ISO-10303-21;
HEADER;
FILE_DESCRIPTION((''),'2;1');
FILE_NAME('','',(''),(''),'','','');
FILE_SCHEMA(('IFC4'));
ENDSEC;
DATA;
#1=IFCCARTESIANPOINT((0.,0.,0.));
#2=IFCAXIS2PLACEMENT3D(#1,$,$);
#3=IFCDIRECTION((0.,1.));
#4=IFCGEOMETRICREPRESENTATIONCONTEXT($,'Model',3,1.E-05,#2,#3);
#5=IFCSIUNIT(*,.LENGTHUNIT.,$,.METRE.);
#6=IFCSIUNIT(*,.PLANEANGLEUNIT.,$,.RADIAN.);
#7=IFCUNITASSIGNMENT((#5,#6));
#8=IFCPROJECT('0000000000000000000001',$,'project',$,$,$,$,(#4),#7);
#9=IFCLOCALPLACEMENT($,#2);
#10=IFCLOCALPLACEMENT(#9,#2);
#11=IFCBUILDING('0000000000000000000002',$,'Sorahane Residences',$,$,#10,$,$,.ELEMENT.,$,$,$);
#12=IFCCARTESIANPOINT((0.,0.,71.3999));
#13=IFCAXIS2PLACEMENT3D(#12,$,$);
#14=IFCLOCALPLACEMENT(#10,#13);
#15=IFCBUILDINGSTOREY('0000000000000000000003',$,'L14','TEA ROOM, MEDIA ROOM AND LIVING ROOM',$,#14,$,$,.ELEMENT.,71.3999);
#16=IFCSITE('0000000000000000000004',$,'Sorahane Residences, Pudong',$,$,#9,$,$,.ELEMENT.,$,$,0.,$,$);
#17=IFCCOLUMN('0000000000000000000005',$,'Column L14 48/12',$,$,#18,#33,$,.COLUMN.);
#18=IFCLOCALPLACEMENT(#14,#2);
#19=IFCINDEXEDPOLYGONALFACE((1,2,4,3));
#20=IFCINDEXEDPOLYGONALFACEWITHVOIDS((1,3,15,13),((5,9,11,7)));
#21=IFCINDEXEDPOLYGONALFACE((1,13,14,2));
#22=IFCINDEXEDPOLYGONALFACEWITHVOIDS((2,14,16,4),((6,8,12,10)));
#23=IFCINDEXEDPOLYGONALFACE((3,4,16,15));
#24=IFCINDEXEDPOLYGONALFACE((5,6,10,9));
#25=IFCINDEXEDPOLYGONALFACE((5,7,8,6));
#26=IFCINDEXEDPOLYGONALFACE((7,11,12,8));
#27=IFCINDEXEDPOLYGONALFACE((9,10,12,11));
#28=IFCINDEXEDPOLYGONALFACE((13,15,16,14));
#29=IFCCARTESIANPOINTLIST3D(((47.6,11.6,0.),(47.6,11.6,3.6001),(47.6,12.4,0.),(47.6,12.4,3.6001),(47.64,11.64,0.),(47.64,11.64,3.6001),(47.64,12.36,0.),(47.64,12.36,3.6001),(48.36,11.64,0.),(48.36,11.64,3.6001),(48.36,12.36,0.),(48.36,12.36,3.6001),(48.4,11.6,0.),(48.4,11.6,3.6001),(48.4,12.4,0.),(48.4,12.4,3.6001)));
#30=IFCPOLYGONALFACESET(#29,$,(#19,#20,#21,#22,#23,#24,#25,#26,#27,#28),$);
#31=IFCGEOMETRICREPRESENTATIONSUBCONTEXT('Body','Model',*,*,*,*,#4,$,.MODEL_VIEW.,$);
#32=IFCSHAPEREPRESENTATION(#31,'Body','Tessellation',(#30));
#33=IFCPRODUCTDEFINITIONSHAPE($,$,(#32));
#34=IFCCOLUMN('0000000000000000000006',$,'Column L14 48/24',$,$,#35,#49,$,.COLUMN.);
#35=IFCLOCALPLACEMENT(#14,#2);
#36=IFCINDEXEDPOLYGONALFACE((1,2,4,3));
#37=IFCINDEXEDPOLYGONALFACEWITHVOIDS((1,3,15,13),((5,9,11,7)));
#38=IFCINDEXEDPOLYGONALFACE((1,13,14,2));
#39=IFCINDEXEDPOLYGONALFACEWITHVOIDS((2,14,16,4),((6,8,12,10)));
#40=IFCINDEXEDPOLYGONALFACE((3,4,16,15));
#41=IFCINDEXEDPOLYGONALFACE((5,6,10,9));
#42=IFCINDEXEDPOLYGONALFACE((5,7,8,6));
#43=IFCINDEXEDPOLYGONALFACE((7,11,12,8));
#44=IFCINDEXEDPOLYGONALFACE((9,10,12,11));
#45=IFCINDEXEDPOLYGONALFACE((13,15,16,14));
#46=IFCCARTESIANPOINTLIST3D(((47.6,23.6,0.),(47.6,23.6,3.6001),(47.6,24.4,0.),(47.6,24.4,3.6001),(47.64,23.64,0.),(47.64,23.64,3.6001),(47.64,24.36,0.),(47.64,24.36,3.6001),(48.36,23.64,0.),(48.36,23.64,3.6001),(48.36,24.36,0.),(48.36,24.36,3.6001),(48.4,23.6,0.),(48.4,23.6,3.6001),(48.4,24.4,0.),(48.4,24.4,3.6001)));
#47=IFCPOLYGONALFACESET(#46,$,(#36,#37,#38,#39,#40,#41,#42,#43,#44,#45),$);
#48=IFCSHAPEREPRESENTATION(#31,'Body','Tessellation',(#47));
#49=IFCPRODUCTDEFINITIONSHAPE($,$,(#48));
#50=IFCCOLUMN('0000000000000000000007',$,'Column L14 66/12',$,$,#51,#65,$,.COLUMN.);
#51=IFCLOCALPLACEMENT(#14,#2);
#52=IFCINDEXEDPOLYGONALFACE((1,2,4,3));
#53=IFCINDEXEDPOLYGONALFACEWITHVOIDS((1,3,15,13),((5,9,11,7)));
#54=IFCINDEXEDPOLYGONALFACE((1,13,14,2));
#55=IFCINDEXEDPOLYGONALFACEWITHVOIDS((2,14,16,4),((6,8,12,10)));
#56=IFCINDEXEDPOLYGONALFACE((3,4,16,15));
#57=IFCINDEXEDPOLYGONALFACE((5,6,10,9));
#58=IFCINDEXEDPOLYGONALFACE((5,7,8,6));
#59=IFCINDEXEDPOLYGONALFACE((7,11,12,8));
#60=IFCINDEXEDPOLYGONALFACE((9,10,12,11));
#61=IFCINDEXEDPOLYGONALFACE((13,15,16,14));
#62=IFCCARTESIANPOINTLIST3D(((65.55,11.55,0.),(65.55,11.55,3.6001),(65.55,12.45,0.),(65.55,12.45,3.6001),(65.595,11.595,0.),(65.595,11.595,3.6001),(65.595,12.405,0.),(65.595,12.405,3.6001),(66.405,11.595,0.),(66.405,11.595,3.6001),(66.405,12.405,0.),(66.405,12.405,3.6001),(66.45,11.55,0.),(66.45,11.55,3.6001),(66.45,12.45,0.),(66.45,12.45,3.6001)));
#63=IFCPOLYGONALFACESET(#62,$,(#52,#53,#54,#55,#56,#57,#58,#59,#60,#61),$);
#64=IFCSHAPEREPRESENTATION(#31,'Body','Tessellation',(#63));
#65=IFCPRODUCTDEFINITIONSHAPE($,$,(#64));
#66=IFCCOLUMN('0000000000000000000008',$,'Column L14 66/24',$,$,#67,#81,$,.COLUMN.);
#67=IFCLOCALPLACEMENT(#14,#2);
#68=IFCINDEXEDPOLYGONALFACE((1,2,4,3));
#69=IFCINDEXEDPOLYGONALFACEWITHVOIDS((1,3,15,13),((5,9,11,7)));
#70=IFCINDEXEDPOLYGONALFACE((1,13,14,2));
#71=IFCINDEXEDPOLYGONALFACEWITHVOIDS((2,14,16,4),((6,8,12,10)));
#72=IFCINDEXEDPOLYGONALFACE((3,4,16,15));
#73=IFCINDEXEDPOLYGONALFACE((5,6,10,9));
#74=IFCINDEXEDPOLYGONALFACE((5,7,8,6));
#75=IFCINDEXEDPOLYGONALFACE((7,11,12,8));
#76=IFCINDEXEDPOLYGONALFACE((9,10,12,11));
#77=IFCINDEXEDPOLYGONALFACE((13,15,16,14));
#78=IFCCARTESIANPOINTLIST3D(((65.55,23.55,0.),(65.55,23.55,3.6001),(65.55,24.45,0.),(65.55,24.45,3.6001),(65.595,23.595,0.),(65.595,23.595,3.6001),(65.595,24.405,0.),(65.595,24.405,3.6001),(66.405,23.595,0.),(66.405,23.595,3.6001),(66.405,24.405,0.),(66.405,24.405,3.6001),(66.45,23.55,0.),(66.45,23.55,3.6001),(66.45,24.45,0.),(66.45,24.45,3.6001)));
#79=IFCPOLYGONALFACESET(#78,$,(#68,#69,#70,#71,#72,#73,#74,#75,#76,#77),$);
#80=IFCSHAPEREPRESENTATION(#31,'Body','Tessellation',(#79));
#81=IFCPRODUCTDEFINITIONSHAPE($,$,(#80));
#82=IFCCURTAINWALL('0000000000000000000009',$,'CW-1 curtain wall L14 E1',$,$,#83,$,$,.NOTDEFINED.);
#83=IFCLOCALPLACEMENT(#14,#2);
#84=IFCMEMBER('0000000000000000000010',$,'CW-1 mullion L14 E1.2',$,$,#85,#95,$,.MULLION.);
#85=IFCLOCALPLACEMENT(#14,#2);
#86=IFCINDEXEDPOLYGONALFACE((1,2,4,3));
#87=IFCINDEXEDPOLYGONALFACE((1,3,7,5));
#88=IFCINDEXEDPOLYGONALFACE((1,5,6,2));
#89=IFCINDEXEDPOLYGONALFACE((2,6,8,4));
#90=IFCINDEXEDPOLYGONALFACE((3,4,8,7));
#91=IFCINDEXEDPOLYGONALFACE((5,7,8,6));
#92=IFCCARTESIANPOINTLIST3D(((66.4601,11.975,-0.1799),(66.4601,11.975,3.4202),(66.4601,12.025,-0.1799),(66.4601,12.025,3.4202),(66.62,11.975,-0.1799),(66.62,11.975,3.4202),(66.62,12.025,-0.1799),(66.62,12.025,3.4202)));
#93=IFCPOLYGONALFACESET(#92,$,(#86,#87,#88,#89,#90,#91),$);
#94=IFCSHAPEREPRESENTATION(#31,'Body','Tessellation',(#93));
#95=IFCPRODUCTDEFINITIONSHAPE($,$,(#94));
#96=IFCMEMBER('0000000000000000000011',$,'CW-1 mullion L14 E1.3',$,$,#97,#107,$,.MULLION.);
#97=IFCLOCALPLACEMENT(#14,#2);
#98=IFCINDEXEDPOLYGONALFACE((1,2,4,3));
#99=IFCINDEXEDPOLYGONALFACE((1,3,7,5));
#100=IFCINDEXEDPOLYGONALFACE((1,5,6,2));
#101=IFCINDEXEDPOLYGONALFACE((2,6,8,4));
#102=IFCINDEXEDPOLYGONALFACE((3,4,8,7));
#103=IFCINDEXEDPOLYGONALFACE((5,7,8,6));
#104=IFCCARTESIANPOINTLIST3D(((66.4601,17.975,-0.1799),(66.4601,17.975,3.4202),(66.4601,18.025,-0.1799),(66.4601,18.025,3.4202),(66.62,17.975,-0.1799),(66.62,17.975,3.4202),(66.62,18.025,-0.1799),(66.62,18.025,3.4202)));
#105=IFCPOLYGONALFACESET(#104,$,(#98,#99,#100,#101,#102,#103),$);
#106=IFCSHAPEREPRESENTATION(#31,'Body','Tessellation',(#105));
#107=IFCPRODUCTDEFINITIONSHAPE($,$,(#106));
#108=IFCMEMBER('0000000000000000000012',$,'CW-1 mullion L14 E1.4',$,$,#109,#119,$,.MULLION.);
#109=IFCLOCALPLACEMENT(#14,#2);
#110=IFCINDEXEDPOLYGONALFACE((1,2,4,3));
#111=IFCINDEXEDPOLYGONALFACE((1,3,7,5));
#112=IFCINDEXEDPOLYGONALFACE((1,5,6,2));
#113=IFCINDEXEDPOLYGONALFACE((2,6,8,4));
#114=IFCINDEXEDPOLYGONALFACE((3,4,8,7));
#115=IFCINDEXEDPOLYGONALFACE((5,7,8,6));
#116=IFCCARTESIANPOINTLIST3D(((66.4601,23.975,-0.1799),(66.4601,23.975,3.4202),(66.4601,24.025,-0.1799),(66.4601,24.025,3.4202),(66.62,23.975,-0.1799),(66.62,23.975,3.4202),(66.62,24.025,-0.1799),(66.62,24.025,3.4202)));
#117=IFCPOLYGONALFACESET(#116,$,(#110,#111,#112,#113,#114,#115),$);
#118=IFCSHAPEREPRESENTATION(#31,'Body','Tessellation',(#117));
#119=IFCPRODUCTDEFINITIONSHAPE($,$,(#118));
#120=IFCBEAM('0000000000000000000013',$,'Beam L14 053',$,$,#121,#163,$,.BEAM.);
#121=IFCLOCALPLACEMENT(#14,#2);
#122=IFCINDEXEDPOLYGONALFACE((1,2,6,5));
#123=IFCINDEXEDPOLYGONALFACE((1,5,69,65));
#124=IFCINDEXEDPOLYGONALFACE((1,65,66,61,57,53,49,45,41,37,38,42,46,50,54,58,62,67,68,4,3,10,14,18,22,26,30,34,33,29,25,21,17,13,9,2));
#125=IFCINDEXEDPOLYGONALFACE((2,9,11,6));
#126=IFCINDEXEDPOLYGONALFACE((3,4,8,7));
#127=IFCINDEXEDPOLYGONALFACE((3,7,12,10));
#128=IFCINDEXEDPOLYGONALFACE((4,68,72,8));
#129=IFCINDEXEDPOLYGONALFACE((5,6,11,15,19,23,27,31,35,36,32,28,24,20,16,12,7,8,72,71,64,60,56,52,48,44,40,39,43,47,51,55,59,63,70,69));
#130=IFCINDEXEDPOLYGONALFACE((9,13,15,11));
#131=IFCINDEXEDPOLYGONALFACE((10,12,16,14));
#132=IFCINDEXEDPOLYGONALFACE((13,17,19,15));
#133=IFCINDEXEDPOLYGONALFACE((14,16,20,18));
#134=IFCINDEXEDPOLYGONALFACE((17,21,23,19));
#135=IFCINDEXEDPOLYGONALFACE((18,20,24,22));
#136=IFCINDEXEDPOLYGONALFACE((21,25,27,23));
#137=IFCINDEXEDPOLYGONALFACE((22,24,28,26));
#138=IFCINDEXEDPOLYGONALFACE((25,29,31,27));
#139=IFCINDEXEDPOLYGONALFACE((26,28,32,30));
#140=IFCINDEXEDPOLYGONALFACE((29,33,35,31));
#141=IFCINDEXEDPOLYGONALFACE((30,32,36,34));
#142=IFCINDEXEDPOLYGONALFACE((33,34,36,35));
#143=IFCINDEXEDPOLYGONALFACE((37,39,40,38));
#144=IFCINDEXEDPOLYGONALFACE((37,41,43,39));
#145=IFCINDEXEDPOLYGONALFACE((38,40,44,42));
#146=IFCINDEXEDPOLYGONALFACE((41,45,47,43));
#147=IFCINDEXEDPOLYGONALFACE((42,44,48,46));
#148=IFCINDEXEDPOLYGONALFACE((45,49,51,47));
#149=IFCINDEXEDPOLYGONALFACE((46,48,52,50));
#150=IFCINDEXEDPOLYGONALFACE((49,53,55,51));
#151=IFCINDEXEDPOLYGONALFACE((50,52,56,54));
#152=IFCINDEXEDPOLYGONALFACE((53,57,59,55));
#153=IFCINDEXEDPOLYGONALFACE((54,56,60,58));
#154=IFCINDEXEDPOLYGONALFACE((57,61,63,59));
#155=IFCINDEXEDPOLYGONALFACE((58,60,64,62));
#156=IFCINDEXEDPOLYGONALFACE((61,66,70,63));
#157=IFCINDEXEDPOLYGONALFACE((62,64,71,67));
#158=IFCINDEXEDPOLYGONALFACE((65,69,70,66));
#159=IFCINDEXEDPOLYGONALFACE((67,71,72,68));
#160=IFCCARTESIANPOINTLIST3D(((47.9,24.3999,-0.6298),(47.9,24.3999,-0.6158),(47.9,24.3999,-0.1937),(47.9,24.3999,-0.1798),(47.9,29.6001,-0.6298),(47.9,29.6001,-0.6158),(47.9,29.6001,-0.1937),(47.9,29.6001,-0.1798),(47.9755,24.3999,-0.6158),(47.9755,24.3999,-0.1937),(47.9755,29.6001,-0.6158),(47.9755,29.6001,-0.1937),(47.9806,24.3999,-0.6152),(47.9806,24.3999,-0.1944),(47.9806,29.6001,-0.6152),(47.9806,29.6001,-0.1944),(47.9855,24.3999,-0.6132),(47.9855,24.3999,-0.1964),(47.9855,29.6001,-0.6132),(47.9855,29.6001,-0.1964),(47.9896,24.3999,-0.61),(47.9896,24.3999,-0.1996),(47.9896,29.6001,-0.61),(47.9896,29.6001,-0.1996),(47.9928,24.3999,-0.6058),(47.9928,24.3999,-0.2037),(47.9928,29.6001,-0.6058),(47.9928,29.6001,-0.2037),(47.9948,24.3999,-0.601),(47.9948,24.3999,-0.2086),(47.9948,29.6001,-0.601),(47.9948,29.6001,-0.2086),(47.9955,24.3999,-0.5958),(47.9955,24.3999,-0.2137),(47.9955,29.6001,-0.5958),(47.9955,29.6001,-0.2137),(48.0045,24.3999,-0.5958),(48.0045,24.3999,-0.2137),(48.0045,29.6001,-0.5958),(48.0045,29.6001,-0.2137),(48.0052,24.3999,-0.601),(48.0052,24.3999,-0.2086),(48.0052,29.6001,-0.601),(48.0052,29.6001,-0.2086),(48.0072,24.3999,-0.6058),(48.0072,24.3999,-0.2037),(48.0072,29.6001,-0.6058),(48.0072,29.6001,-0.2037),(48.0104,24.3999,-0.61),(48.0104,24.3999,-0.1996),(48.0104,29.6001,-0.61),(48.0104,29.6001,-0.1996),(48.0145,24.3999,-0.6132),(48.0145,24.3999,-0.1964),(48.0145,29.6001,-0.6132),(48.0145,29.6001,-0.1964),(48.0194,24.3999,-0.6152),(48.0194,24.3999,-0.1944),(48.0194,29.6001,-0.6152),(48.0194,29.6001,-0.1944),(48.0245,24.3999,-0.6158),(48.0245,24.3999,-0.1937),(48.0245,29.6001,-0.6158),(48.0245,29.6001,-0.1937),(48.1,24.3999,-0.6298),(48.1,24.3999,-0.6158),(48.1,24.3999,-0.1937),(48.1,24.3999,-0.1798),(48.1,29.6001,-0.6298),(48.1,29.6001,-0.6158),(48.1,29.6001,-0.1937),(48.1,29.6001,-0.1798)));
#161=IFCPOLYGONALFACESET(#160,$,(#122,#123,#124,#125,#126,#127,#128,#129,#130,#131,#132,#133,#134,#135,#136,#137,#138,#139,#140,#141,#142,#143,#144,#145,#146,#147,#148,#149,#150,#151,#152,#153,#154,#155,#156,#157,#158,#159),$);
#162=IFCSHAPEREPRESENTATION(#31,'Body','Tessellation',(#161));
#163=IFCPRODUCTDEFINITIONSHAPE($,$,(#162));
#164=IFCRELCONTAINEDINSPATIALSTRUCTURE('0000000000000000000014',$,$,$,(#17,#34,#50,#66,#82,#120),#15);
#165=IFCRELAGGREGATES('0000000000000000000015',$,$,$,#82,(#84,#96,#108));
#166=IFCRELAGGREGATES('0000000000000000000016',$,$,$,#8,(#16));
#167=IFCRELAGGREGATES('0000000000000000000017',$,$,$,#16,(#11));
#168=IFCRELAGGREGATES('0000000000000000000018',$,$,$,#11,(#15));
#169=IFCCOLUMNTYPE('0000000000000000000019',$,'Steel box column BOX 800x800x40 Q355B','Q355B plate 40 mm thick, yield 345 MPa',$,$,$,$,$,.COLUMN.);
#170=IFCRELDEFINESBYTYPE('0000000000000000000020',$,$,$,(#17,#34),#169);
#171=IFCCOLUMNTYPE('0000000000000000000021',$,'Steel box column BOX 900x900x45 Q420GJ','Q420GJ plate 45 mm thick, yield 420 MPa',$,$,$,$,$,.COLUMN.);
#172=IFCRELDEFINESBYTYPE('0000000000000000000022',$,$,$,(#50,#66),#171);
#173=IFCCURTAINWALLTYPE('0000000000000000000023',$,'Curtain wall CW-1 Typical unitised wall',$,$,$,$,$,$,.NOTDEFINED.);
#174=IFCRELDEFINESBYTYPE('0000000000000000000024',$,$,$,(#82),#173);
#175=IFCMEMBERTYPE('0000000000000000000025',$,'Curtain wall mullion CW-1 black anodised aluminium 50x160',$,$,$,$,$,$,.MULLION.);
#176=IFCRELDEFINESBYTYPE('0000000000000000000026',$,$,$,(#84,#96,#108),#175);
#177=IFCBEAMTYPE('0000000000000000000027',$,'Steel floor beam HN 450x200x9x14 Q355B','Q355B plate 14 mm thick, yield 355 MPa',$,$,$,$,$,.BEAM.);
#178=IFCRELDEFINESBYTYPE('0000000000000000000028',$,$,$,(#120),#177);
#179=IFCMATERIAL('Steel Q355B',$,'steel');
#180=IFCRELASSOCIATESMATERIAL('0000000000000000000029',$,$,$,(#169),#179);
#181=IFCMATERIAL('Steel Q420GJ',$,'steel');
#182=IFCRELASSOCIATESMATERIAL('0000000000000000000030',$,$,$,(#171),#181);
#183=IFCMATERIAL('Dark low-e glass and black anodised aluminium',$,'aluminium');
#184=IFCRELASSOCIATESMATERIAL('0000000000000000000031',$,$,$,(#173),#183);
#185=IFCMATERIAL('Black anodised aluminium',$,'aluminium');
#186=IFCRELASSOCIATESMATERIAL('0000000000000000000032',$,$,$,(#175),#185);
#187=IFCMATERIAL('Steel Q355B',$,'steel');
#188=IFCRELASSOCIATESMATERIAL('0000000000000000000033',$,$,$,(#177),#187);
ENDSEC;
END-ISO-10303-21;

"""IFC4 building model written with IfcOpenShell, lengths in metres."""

from ifc_helpers import new_model, si_unit, direction, frame, origin, origin_2d, place, context, subcontext, project, spatial, rectangle, hollow_rectangle, i_section, extrude, material, material_profile, profile_set, type_object, element, aggregate, save


model = new_model("IFC4")

# Units and contexts
model_context = context("Model", 3, precision=1e-05, world=origin(), true_north=direction((0.0, 1.0)))
body_context = subcontext(model_context, "Body", "Model", "MODEL_VIEW")
ifc_project = project(units=[si_unit("LENGTHUNIT", "METRE"), si_unit("PLANEANGLEUNIT", "RADIAN")], contexts=[model_context])

# Site, building, storey
site_placement = place(None, origin())
site = spatial("IfcSite", under=ifc_project, at=site_placement, Name="Sorahane Residences, Pudong", CompositionType="ELEMENT", RefElevation=0.0)
building_placement = place(site_placement, origin())
building = spatial("IfcBuilding", under=site, at=building_placement, Name="Sorahane Residences", CompositionType="ELEMENT")
storey_placement = place(building_placement, frame((0.0, 0.0, 71.3999)))
storey = spatial("IfcBuildingStorey", under=building, at=storey_placement, Name="L14", Description="TEA ROOM, MEDIA ROOM AND LIVING ROOM", CompositionType="ELEMENT", Elevation=71.3999)

# Columns
ifc_material_1 = material(Name="Steel Q355B", Category="steel")
ifc_material_profile_1 = material_profile(ifc_material_1, hollow_rectangle(XDim=0.8, YDim=0.8, WallThickness=0.04, at=origin_2d()), Name="BOX 800x800x40")
ifc_profile_set_1 = profile_set([ifc_material_profile_1], Name="Steel Q355B")
column_type_1 = type_object("IfcColumnType", Name="Steel box column BOX 800x800x40 Q355B", Description="Q355B plate 40 mm thick, yield 345 MPa", PredefinedType="COLUMN", material=ifc_profile_set_1)
for number, where, z_axis, x_axis, name in (
    (1, (48.0, 12.0, 0.0), (0.0, 0.0, 1.0), (1.0, 0.0, 0.0), "Column L14 48/12"),
    (2, (48.0, 24.0, 0.0), (0.0, 0.0, 1.0), (1.0, 0.0, 0.0), "Column L14 48/24"),
):
    element("IfcColumn", number, at=place(storey_placement, frame(where, z_axis=z_axis, x_axis=x_axis)), inside=storey, type_object=column_type_1, Name=name, PredefinedType="COLUMN", context=body_context, shape_type="SweptSolid", body=[
        extrude(hollow_rectangle(XDim=0.8, YDim=0.8, WallThickness=0.04, at=origin_2d()), origin(), (0.0, 0.0, 1.0), 3.6001),
    ])
ifc_material_2 = material(Name="Steel Q420GJ", Category="steel")
ifc_material_profile_2 = material_profile(ifc_material_2, hollow_rectangle(XDim=0.8999, YDim=0.8999, WallThickness=0.0449, at=origin_2d()), Name="BOX 900x900x45")
ifc_profile_set_2 = profile_set([ifc_material_profile_2], Name="Steel Q420GJ")
column_type_2 = type_object("IfcColumnType", Name="Steel box column BOX 900x900x45 Q420GJ", Description="Q420GJ plate 45 mm thick, yield 420 MPa", PredefinedType="COLUMN", material=ifc_profile_set_2)
for number, where, z_axis, x_axis, name in (
    (3, (66.0, 12.0, 0.0), (0.0, 0.0, 1.0), (1.0, 0.0, 0.0), "Column L14 66/12"),
    (4, (66.0, 24.0, 0.0), (0.0, 0.0, 1.0), (1.0, 0.0, 0.0), "Column L14 66/24"),
):
    element("IfcColumn", number, at=place(storey_placement, frame(where, z_axis=z_axis, x_axis=x_axis)), inside=storey, type_object=column_type_2, Name=name, PredefinedType="COLUMN", context=body_context, shape_type="SweptSolid", body=[
        extrude(hollow_rectangle(XDim=0.8999, YDim=0.8999, WallThickness=0.0449, at=origin_2d()), origin(), (0.0, 0.0, 1.0), 3.6001),
    ])

# Curtain wall, members
ifc_material_3 = material(Name="Dark low-e glass and black anodised aluminium", Category="aluminium")
curtain_wall_type = type_object("IfcCurtainWallType", Name="Curtain wall CW-1 Typical unitised wall", PredefinedType="NOTDEFINED", material=ifc_material_3)
curtain_wall_placement = place(storey_placement, origin())
curtain_wall = element("IfcCurtainWall", 5, at=curtain_wall_placement, inside=storey, type_object=curtain_wall_type, Name="CW-1 curtain wall L14 E1", PredefinedType="NOTDEFINED")
ifc_material_4 = material(Name="Black anodised aluminium", Category="aluminium")
ifc_material_profile_3 = material_profile(ifc_material_4, rectangle(XDim=0.1599, YDim=0.05, at=origin_2d()), Name="Curtain wall mullion CW-1 black anodised aluminium 50x160")
ifc_profile_set_3 = profile_set([ifc_material_profile_3], Name="Black anodised aluminium")
member_type = type_object("IfcMemberType", Name="Curtain wall mullion CW-1 black anodised aluminium 50x160", PredefinedType="MULLION", material=ifc_profile_set_3)
member_1_placement = place(storey_placement, frame((66.54, 12.0, -0.1799), z_axis=(0.0, 0.0, 1.0), x_axis=(1.0, 0.0, 0.0)))
member_1 = element("IfcMember", 6, at=member_1_placement, type_object=member_type, Name="CW-1 mullion L14 E1.2", PredefinedType="MULLION", context=body_context, shape_type="SweptSolid", body=[
    extrude(rectangle(XDim=0.1599, YDim=0.05, at=origin_2d()), origin(), (0.0, 0.0, 1.0), 3.6001),
])
member_2_placement = place(storey_placement, frame((66.54, 18.0, -0.1799), z_axis=(0.0, 0.0, 1.0), x_axis=(1.0, 0.0, 0.0)))
member_2 = element("IfcMember", 7, at=member_2_placement, type_object=member_type, Name="CW-1 mullion L14 E1.3", PredefinedType="MULLION", context=body_context, shape_type="SweptSolid", body=[
    extrude(rectangle(XDim=0.1599, YDim=0.05, at=origin_2d()), origin(), (0.0, 0.0, 1.0), 3.6001),
])
member_3_placement = place(storey_placement, frame((66.54, 24.0, -0.1799), z_axis=(0.0, 0.0, 1.0), x_axis=(1.0, 0.0, 0.0)))
member_3 = element("IfcMember", 8, at=member_3_placement, type_object=member_type, Name="CW-1 mullion L14 E1.4", PredefinedType="MULLION", context=body_context, shape_type="SweptSolid", body=[
    extrude(rectangle(XDim=0.1599, YDim=0.05, at=origin_2d()), origin(), (0.0, 0.0, 1.0), 3.6001),
])

# Beam
ifc_material_5 = material(Name="Steel Q355B", Category="steel")
ifc_material_profile_4 = material_profile(ifc_material_5, i_section(OverallWidth=0.2, OverallDepth=0.45, WebThickness=0.009, FlangeThickness=0.0139, FilletRadius=0.02, at=origin_2d()), Name="HN 450x200x9x14")
ifc_profile_set_4 = profile_set([ifc_material_profile_4], Name="Steel Q355B")
beam_type_1 = type_object("IfcBeamType", Name="Steel floor beam HN 450x200x9x14 Q355B", Description="Q355B plate 14 mm thick, yield 355 MPa", PredefinedType="BEAM", material=ifc_profile_set_4)
beam_1_placement = place(storey_placement, frame((48.0, 24.3999, -0.4048), z_axis=(0.0, 1.0, 0.0), x_axis=(-1.0, 0.0, 0.0)))
element("IfcBeam", 9, at=beam_1_placement, inside=storey, type_object=beam_type_1, Name="Beam L14 053", PredefinedType="BEAM", context=body_context, shape_type="SweptSolid", body=[
    extrude(i_section(OverallWidth=0.2, OverallDepth=0.45, WebThickness=0.009, FlangeThickness=0.0139, FilletRadius=0.02, at=origin_2d()), origin(), (0.0, 0.0, 1.0), 5.2002),
])

aggregate(curtain_wall, [member_1, member_2, member_3])

save(model, "model.ifc")
